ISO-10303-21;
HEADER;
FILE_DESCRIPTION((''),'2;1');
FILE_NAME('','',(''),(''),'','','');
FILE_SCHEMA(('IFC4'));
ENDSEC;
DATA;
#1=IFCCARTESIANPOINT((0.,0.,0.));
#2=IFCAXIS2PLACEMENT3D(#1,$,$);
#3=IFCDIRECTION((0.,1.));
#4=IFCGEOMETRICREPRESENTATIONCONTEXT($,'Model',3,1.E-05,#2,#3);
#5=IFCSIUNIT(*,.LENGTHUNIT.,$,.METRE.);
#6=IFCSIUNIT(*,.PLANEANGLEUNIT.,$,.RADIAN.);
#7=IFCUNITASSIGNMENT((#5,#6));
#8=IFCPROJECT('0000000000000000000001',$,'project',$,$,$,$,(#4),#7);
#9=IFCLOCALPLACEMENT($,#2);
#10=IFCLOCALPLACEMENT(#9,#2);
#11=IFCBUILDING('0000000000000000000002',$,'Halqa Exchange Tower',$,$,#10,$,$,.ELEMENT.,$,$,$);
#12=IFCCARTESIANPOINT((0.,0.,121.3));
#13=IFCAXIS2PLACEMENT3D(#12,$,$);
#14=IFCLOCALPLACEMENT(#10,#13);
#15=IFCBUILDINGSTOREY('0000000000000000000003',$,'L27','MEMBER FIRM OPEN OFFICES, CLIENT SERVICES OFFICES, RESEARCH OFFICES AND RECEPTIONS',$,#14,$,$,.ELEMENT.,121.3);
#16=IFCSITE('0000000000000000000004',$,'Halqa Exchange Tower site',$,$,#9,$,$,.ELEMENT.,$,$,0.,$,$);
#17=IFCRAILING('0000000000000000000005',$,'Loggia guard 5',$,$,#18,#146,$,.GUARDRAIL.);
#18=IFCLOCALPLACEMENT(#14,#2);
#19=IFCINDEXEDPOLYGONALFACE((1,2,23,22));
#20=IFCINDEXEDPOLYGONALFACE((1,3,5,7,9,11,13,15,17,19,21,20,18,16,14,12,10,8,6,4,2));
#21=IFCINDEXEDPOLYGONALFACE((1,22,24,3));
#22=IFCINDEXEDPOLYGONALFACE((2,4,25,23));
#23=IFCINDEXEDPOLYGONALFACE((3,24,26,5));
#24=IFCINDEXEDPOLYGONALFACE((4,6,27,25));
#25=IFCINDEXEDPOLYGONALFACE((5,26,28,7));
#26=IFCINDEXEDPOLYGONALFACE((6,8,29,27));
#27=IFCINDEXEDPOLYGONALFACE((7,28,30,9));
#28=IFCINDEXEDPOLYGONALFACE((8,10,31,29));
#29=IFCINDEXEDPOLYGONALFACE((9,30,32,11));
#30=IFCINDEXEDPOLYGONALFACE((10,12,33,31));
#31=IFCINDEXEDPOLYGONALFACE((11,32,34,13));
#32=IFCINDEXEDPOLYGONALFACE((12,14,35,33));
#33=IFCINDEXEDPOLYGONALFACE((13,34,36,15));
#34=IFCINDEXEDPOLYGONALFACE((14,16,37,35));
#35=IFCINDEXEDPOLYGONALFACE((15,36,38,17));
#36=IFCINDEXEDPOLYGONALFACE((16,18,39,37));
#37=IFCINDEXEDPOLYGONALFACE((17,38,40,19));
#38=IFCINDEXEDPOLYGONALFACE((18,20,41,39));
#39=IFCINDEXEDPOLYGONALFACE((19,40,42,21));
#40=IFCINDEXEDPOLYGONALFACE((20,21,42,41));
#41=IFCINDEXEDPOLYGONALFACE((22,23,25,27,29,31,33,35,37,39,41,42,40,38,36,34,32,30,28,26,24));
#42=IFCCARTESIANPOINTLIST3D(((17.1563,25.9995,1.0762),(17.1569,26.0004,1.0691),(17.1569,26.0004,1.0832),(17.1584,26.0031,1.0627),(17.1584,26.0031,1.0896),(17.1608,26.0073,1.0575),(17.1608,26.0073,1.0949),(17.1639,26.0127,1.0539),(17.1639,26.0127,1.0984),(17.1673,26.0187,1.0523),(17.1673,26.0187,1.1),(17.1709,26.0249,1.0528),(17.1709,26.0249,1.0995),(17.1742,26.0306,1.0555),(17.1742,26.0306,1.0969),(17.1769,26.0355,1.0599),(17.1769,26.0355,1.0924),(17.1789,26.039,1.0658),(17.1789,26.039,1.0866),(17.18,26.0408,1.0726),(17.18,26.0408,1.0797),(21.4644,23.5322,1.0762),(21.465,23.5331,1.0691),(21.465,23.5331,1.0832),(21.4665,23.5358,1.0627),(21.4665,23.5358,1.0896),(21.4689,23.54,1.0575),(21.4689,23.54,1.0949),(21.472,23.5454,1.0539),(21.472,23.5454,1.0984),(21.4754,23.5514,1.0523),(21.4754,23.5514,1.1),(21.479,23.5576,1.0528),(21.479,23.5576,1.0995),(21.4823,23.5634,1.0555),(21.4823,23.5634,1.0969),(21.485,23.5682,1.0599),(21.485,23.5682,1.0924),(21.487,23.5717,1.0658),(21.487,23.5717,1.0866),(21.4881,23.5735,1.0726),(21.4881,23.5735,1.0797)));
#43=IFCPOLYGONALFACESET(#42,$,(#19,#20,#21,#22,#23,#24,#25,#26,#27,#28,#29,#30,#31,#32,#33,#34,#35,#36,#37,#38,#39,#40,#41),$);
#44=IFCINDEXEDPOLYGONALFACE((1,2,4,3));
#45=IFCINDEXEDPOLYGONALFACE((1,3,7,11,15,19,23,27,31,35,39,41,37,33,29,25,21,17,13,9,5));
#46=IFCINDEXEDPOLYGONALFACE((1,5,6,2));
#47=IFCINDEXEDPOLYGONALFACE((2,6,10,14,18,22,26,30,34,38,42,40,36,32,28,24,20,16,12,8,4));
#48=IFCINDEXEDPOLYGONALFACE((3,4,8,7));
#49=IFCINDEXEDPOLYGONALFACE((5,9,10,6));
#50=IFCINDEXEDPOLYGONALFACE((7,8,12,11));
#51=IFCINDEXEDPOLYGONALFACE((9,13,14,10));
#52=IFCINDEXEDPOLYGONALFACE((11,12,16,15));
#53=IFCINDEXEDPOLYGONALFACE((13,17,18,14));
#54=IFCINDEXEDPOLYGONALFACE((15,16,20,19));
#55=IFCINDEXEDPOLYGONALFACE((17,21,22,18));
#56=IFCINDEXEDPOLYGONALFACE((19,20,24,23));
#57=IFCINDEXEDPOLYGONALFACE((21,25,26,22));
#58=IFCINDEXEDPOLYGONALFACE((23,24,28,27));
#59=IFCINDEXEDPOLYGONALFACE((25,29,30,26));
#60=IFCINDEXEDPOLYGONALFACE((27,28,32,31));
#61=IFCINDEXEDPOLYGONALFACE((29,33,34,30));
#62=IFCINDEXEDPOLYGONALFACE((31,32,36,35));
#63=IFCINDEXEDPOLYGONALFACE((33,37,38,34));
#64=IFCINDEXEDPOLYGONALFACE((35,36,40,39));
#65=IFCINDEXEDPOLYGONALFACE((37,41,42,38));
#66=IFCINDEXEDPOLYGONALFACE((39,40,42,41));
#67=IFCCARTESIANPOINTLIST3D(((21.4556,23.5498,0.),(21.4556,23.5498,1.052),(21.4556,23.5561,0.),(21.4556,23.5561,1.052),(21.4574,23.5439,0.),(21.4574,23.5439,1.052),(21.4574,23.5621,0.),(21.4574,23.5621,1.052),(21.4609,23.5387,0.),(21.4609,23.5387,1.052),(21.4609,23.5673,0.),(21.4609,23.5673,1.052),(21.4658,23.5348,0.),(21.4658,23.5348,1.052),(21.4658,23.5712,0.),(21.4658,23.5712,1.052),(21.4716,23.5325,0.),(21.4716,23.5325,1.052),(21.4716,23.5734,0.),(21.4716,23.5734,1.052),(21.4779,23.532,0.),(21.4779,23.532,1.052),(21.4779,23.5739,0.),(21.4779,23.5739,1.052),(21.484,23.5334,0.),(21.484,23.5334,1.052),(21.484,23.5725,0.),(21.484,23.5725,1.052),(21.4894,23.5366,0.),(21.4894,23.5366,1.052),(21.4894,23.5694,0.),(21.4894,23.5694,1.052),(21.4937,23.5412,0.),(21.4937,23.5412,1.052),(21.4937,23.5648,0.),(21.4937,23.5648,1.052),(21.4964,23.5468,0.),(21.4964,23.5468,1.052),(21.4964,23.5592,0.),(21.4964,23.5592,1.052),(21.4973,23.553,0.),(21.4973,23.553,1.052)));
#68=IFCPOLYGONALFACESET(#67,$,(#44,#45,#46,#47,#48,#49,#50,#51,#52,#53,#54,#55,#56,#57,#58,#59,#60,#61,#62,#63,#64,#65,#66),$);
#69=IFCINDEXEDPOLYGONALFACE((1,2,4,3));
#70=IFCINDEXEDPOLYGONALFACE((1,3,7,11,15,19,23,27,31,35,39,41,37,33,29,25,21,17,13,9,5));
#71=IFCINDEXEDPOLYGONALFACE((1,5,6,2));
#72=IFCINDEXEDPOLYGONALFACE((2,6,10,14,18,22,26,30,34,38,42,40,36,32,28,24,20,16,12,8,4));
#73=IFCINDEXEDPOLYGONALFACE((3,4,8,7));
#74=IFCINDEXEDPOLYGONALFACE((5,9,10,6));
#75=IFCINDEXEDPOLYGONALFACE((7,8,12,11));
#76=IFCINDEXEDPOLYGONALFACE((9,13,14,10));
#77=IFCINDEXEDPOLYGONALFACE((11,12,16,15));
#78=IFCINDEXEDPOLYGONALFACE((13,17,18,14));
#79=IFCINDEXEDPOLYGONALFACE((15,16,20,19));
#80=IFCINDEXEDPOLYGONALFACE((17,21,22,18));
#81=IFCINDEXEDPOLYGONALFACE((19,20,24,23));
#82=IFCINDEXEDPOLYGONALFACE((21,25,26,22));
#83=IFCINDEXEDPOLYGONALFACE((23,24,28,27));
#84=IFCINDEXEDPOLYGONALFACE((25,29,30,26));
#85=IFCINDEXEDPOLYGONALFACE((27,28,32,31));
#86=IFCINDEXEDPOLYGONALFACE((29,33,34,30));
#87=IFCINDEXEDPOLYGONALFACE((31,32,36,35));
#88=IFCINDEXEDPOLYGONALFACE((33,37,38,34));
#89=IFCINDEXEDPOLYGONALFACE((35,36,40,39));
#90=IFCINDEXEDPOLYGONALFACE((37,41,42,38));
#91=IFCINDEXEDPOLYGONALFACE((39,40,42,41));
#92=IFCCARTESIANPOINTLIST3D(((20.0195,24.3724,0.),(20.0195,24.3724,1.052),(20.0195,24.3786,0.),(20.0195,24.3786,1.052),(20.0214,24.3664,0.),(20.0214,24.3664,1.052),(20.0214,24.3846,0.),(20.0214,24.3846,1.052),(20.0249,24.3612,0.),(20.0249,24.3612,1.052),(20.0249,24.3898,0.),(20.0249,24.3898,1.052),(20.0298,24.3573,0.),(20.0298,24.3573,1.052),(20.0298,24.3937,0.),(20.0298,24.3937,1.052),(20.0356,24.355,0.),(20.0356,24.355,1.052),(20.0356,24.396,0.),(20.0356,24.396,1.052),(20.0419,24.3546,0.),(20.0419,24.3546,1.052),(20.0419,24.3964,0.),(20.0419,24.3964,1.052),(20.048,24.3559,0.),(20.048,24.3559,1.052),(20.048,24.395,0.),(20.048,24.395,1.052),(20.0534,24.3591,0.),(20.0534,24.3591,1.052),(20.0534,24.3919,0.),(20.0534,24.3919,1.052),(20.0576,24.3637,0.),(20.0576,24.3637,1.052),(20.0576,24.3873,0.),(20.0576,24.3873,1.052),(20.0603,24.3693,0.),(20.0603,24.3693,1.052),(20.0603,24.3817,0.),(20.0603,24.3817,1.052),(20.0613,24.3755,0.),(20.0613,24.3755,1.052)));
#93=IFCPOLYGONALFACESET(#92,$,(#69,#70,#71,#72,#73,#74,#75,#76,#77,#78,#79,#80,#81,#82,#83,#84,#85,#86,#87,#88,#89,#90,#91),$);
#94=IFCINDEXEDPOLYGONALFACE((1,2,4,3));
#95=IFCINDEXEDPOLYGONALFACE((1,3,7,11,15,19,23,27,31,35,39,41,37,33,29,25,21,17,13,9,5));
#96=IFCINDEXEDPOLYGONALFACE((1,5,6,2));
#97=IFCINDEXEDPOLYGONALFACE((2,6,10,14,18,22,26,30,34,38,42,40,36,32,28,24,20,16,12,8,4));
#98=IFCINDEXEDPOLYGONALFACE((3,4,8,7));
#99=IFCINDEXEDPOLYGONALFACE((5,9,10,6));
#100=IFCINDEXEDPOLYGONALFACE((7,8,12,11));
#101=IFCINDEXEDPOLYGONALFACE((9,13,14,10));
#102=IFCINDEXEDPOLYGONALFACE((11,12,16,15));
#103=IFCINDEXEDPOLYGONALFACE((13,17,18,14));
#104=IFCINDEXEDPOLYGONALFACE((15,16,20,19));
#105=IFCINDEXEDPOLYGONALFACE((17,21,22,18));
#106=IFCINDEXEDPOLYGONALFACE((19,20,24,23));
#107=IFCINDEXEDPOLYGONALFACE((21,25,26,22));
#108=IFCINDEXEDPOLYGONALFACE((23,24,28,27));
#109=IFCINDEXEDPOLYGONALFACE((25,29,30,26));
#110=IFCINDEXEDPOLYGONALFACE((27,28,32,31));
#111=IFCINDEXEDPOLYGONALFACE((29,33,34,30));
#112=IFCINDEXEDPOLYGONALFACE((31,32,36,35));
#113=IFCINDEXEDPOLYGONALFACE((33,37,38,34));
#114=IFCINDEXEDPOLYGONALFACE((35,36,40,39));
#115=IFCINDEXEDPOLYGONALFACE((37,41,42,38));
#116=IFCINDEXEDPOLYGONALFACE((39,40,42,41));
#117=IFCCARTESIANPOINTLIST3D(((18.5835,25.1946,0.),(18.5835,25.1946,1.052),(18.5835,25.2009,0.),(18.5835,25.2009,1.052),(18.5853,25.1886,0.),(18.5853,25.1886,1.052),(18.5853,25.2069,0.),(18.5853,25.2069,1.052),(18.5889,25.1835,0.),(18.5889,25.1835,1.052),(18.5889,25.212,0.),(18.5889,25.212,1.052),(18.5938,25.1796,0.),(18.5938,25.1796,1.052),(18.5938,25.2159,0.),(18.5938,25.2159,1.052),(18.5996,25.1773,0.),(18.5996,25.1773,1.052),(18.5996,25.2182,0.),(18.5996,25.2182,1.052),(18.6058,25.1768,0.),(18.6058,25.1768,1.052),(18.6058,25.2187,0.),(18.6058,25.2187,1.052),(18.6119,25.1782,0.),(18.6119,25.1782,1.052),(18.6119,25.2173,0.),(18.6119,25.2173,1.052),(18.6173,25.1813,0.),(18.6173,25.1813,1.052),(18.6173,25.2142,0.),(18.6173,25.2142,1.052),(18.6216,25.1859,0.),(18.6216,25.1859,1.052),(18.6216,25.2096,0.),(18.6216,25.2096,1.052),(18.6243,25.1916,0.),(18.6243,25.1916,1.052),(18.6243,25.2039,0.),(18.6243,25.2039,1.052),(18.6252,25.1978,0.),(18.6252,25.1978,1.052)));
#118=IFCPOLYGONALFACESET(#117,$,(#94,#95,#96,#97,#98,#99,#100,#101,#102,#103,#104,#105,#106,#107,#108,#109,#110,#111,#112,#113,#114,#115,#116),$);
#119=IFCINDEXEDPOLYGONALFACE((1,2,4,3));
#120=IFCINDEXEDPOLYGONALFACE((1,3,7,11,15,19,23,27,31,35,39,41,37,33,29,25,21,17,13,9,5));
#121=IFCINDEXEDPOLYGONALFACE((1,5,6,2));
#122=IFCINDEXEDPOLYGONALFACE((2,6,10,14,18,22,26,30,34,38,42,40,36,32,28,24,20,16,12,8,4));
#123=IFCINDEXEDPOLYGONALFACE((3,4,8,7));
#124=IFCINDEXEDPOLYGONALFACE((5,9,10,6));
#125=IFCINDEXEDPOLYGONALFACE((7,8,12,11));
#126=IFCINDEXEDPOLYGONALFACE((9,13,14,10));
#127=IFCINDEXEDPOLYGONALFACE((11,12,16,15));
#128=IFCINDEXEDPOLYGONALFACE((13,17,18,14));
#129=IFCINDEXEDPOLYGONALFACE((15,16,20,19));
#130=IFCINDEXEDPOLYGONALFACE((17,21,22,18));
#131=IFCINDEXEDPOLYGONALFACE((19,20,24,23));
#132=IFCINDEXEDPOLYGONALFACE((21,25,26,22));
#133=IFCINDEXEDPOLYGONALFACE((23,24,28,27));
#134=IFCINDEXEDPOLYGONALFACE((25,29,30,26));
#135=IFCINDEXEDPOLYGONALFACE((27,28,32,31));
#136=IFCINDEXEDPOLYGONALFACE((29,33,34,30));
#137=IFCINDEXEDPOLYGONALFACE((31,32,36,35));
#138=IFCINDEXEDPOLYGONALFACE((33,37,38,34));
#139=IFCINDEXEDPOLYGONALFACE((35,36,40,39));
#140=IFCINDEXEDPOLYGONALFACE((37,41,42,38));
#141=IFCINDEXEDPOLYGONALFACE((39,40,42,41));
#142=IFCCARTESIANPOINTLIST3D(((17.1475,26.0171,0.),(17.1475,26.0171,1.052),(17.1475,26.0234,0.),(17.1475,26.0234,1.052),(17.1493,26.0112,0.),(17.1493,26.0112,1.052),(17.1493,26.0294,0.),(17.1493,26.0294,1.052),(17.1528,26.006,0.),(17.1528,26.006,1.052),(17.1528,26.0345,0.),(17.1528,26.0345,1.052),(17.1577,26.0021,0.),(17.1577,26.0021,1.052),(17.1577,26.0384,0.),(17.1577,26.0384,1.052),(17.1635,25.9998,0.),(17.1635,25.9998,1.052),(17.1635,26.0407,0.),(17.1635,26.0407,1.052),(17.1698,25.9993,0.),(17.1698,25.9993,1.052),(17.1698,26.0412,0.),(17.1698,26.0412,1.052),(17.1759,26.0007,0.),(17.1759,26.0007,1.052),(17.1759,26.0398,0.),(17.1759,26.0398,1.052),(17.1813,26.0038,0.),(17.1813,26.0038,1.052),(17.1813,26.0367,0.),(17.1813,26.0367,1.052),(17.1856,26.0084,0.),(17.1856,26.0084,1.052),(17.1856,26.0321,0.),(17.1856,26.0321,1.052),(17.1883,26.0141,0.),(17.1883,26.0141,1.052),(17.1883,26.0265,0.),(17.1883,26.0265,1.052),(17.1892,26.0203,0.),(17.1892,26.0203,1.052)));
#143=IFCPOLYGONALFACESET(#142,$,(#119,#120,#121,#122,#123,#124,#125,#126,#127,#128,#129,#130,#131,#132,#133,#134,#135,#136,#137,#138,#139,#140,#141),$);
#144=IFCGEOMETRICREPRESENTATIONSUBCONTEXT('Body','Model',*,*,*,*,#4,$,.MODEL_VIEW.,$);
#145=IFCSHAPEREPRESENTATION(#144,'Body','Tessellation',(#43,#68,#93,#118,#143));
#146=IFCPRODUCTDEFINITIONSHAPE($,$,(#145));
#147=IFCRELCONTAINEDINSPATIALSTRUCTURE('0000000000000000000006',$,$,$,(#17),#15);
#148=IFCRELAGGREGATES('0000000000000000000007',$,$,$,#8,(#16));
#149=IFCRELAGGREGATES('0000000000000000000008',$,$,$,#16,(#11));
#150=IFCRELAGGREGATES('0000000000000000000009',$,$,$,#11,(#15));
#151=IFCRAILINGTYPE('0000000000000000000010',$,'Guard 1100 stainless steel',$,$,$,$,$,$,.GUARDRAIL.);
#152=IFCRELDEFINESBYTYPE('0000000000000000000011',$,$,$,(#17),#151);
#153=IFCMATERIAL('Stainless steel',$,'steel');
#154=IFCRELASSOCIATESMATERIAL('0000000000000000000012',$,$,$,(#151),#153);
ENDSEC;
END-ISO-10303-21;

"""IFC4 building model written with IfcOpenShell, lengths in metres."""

from ifc_helpers import new_model, si_unit, direction, frame, origin, origin_2d, place, context, subcontext, project, spatial, circle, extrude, material, type_object, element, save


model = new_model("IFC4")

# Units and contexts
model_context = context("Model", 3, precision=1e-05, world=origin(), true_north=direction((0.0, 1.0)))
body_context = subcontext(model_context, "Body", "Model", "MODEL_VIEW")
ifc_project = project(units=[si_unit("LENGTHUNIT", "METRE"), si_unit("PLANEANGLEUNIT", "RADIAN")], contexts=[model_context])

# Site, building, storey
site_placement = place(None, origin())
site = spatial("IfcSite", under=ifc_project, at=site_placement, Name="Halqa Exchange Tower site", CompositionType="ELEMENT", RefElevation=0.0)
building_placement = place(site_placement, origin())
building = spatial("IfcBuilding", under=site, at=building_placement, Name="Halqa Exchange Tower", CompositionType="ELEMENT")
storey_placement = place(building_placement, frame((0.0, 0.0, 121.3)))
storey = spatial("IfcBuildingStorey", under=building, at=storey_placement, Name="L27", Description="MEMBER FIRM OPEN OFFICES, CLIENT SERVICES OFFICES, RESEARCH OFFICES AND RECEPTIONS", CompositionType="ELEMENT", Elevation=121.3)

# Railing
ifc_material_1 = material(Name="Stainless steel", Category="steel")
railing_type = type_object("IfcRailingType", Name="Guard 1100 stainless steel", PredefinedType="GUARDRAIL", material=ifc_material_1)
railing_1_placement = place(storey_placement, frame((21.4763, 23.553, 0.0)))
element("IfcRailing", 1, at=railing_1_placement, inside=storey, type_object=railing_type, Name="Loggia guard 5", PredefinedType="GUARDRAIL", context=body_context, shape_type="SweptSolid", body=[
    extrude(circle(Radius=0.0239, at=origin_2d()), frame((0.0, 0.0, 1.0762), z_axis=(-0.867765, 0.496975, 0.0), x_axis=(-0.496975, -0.867765, 0.0)), (0.0, 0.0, 1.0), 4.9646),
    extrude(circle(Radius=0.021, at=origin_2d()), origin(), (0.0, 0.0, 1.0), 1.052),
    extrude(circle(Radius=0.021, at=origin_2d()), frame((-1.436, 0.8225, 0.0)), (0.0, 0.0, 1.0), 1.052),
    extrude(circle(Radius=0.021, at=origin_2d()), frame((-2.8721, 1.6448, 0.0)), (0.0, 0.0, 1.0), 1.052),
    extrude(circle(Radius=0.021, at=origin_2d()), frame((-4.3081, 2.4673, 0.0)), (0.0, 0.0, 1.0), 1.052),
])

save(model, "model.ifc")
